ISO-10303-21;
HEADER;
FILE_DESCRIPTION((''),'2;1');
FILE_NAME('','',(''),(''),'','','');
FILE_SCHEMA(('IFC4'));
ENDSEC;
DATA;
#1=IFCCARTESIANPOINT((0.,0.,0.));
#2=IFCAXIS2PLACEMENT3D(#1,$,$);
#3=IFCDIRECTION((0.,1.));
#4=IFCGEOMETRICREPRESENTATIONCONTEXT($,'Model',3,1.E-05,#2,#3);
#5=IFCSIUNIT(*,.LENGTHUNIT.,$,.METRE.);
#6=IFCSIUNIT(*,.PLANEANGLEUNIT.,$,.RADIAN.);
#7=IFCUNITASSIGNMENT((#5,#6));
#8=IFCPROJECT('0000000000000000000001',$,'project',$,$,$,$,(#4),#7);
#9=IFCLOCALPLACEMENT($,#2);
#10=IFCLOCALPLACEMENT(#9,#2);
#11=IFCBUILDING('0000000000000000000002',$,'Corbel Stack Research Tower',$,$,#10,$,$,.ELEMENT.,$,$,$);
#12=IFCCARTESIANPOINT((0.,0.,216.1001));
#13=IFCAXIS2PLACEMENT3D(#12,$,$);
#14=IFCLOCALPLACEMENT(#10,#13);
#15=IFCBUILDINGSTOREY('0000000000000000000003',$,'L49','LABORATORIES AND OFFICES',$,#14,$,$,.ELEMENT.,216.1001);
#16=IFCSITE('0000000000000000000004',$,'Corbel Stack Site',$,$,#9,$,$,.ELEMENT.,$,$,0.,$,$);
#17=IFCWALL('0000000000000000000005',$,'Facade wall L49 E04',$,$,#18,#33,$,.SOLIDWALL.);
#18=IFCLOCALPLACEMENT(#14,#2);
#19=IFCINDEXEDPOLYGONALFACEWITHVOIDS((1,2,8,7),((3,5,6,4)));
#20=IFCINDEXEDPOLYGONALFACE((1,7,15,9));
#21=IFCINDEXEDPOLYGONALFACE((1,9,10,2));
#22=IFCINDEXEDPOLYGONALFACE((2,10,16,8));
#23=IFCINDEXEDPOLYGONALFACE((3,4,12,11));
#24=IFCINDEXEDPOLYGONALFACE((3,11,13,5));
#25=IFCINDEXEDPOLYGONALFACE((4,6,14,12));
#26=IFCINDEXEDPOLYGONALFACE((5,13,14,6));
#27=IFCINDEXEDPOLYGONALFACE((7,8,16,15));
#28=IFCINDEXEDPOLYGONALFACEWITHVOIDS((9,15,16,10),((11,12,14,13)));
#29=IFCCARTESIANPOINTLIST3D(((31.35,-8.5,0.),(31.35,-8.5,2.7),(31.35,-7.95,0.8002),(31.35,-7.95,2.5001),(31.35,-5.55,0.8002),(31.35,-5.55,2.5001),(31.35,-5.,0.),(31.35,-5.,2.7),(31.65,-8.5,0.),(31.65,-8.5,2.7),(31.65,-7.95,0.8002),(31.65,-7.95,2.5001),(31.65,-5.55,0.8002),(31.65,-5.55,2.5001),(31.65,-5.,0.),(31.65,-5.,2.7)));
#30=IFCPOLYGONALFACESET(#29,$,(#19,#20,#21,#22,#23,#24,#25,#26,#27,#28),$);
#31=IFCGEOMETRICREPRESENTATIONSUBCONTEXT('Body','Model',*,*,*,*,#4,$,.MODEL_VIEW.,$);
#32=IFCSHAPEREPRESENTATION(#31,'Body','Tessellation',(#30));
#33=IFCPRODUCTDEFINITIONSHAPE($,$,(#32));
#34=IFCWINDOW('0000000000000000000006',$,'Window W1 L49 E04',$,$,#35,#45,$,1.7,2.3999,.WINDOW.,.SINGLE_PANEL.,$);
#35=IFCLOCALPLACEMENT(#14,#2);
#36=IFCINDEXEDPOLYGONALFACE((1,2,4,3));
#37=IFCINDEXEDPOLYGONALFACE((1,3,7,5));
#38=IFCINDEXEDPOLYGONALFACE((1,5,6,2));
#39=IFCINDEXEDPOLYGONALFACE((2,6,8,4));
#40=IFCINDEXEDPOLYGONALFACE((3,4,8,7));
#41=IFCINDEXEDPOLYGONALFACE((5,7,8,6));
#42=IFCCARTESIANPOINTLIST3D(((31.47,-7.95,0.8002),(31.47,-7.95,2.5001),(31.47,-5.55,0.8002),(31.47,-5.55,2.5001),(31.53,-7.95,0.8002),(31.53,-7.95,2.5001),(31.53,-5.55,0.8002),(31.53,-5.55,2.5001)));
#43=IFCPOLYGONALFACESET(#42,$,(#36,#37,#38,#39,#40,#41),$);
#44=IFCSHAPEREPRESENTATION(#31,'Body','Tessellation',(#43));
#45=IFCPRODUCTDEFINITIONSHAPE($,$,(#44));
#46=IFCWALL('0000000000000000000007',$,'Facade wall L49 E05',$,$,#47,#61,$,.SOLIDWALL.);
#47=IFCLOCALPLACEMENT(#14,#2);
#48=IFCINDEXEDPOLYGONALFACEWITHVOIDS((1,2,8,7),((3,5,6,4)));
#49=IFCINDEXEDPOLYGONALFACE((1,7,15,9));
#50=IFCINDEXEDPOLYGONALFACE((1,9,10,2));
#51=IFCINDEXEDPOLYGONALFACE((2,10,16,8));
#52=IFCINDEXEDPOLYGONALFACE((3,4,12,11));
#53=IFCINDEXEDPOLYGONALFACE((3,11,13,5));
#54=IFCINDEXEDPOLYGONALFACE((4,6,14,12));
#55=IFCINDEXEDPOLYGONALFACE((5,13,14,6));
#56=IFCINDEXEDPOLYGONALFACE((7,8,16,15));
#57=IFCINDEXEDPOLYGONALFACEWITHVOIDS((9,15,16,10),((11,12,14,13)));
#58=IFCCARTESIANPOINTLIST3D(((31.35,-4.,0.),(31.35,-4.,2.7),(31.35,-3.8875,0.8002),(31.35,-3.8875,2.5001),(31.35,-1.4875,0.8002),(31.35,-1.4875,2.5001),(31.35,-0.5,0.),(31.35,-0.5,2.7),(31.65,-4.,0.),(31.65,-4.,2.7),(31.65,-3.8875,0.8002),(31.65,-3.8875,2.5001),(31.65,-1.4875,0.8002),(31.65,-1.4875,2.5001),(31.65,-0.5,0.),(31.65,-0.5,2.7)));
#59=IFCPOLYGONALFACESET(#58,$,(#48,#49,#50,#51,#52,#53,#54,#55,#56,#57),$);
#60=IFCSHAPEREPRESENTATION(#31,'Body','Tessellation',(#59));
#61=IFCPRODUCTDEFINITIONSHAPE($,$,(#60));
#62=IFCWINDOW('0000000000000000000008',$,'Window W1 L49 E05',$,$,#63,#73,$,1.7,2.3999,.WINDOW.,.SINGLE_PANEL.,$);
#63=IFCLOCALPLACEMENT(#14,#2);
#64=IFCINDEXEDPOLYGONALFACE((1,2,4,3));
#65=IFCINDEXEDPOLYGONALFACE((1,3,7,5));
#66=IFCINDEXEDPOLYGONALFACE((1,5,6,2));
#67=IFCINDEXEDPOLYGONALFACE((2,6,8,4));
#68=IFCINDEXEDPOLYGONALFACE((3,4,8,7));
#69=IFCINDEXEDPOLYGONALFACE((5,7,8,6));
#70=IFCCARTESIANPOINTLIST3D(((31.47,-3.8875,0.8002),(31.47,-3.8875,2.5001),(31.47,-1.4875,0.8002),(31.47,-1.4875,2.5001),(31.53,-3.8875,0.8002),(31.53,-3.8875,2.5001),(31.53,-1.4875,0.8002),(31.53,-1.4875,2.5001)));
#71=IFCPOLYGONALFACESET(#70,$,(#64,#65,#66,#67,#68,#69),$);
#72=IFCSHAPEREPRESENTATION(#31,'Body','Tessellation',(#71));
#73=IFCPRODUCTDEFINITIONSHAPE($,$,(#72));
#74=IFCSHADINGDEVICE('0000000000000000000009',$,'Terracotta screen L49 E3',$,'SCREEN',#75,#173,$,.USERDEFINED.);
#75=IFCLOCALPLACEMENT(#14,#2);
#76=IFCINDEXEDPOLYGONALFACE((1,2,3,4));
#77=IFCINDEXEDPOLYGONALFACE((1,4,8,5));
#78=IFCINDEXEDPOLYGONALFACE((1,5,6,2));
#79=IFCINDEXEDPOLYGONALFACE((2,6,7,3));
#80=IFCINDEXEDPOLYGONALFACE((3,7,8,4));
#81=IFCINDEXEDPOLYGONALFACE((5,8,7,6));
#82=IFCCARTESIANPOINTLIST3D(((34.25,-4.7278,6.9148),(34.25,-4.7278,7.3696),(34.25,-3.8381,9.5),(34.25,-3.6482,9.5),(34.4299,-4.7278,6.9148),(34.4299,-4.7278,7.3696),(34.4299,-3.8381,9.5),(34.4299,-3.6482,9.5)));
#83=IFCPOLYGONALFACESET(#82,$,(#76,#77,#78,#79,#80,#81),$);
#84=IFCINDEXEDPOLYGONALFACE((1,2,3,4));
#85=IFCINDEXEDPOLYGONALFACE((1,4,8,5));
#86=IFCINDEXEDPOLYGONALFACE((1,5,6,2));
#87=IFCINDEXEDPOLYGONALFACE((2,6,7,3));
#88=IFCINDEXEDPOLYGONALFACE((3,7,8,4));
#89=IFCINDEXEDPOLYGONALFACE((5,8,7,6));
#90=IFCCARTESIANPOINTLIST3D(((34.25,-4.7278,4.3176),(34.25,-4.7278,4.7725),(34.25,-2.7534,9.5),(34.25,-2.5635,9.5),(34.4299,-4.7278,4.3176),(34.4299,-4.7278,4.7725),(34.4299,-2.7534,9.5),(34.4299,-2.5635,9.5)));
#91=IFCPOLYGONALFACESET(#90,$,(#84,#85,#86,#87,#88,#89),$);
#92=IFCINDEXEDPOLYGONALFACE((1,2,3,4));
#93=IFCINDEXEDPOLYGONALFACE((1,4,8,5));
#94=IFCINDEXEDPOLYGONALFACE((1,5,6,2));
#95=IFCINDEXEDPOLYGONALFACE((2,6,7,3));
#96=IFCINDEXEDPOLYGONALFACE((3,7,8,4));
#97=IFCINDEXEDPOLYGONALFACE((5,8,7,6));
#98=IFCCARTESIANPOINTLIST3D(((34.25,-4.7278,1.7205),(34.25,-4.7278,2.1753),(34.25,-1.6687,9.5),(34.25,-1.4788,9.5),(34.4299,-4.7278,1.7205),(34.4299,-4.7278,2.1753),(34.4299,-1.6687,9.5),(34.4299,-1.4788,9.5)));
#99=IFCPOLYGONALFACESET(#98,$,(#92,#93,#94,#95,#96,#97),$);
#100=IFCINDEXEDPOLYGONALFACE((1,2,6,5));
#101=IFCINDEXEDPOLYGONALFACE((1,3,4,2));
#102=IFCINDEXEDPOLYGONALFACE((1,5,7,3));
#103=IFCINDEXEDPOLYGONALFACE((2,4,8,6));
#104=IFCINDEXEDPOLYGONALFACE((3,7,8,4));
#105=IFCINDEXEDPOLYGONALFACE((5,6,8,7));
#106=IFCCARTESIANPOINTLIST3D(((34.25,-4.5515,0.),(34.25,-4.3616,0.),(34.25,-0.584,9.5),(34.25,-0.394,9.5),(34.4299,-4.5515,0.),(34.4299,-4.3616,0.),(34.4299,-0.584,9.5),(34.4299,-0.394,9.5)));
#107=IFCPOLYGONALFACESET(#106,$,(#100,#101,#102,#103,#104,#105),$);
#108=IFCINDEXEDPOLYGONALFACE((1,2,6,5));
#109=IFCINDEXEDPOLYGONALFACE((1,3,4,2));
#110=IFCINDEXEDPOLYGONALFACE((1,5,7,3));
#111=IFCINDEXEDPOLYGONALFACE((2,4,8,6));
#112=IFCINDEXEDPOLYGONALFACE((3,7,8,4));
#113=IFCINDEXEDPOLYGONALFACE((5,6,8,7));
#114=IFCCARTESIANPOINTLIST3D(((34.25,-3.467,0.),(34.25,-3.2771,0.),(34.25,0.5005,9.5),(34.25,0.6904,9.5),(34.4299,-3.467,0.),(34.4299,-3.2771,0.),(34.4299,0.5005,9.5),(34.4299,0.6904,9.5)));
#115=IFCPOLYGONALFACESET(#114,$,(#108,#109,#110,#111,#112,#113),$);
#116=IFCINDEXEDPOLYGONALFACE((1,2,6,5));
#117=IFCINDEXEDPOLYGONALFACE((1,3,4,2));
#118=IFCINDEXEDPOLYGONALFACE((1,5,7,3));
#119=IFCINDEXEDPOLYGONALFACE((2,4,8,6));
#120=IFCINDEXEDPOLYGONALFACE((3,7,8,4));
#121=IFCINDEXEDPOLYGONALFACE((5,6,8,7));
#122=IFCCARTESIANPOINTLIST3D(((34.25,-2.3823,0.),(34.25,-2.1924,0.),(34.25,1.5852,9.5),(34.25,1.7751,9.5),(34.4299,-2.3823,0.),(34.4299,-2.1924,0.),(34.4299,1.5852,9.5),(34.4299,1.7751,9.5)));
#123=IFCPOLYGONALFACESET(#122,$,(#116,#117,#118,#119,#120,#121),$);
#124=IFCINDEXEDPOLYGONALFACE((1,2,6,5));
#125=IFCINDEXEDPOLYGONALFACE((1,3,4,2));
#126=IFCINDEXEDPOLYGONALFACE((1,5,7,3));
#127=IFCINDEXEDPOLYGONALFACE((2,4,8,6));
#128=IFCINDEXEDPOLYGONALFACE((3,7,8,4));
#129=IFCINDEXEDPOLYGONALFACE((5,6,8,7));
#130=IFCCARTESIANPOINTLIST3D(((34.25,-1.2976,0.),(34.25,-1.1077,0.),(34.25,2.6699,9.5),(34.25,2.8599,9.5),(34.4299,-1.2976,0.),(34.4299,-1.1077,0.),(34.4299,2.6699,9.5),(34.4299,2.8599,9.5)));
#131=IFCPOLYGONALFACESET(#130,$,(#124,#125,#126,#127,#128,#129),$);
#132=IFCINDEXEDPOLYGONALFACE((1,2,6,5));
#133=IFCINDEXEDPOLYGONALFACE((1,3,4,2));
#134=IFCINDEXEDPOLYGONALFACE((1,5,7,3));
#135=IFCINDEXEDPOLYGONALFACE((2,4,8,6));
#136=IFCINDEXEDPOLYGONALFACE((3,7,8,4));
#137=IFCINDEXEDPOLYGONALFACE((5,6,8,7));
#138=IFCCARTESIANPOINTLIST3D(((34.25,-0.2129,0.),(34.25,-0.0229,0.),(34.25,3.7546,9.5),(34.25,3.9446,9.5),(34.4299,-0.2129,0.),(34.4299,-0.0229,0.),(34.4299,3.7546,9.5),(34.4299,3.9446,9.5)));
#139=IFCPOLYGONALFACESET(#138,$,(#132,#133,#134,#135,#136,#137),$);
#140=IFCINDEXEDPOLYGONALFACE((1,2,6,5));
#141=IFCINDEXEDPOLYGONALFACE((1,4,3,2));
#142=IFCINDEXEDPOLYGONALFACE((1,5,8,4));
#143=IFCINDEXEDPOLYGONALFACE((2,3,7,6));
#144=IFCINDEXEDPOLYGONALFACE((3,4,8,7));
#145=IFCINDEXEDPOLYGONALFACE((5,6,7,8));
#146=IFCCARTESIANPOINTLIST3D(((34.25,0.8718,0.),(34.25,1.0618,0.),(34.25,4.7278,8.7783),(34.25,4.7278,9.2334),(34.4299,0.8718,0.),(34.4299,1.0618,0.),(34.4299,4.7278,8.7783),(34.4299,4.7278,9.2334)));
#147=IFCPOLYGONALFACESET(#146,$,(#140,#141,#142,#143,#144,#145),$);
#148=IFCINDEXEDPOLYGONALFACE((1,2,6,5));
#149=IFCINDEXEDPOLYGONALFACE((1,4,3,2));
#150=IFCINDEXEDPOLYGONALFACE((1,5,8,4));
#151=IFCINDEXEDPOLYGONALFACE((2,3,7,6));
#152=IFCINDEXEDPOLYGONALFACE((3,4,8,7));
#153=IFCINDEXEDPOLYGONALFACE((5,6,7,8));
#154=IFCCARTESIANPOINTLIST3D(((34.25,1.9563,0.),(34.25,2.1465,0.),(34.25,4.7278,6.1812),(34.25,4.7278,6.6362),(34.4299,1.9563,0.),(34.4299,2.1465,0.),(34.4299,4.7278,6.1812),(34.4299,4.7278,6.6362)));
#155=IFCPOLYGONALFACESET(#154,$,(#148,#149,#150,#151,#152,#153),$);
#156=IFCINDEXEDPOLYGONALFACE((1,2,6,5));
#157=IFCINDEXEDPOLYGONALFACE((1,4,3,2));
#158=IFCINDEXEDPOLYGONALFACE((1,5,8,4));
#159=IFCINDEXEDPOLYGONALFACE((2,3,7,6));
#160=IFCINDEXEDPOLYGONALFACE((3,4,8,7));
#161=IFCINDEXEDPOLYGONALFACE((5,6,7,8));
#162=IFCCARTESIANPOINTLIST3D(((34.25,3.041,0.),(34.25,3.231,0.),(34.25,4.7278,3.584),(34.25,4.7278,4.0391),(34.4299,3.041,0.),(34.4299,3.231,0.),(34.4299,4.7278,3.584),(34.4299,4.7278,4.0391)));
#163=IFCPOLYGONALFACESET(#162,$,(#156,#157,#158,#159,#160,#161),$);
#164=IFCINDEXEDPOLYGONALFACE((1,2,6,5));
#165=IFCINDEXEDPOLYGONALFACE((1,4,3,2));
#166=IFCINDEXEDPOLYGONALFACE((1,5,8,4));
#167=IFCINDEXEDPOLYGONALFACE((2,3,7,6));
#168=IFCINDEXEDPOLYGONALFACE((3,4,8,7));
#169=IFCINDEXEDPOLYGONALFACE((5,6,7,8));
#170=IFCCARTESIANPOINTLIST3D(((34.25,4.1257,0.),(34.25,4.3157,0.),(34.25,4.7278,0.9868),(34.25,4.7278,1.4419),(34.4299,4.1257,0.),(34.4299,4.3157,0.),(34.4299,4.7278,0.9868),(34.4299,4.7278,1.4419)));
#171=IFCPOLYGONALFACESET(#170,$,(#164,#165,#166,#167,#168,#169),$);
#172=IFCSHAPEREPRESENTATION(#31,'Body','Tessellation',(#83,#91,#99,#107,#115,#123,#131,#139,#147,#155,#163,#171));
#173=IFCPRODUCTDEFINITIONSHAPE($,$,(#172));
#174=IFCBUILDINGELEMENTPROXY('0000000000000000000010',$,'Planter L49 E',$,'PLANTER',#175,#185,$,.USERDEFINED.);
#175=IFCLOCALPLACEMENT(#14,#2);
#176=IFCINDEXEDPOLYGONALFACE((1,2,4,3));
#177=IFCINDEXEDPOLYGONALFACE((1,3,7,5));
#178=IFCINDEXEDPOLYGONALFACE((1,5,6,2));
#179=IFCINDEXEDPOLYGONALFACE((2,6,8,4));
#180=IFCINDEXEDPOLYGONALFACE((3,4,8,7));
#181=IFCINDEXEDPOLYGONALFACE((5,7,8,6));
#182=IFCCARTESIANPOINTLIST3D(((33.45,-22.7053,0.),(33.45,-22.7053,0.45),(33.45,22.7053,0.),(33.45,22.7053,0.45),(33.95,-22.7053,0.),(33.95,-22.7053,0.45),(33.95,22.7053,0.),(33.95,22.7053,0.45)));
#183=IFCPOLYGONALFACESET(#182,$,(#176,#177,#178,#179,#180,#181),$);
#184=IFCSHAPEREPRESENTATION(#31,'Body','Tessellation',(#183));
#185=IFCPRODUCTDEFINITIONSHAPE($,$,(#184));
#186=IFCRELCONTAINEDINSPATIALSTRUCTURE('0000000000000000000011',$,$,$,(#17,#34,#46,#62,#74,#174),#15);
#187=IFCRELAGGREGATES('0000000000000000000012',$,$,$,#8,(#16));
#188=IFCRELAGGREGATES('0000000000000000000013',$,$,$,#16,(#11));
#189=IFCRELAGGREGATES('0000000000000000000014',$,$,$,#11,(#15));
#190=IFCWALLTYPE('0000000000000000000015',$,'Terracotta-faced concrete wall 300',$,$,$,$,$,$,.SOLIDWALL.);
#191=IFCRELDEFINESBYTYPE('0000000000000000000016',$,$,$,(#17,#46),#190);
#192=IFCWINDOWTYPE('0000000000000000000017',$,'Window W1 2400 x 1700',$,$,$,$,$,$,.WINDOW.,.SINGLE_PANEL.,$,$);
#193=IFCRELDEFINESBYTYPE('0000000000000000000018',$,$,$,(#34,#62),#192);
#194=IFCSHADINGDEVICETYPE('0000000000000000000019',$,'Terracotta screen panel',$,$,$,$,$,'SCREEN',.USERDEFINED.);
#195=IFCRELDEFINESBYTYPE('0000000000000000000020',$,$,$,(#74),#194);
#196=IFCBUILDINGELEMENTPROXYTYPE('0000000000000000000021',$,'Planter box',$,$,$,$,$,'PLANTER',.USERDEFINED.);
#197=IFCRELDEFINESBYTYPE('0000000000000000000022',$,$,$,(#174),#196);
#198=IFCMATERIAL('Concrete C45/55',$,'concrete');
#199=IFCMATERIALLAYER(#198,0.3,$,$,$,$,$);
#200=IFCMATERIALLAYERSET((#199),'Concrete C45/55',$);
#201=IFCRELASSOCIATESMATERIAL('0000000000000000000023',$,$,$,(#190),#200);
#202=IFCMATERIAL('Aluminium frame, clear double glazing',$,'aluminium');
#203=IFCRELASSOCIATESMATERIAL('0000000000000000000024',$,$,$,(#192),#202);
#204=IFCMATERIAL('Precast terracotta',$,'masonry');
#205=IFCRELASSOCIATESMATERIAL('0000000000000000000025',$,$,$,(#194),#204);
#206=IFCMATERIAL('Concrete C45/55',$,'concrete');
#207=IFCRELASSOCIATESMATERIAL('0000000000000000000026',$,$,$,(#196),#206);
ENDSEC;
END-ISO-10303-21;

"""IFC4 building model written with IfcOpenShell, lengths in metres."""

from ifc_helpers import new_model, si_unit, direction, frame, frame_2d, origin, origin_2d, place, context, subcontext, project, spatial, polyline, rectangle, outline, extrude, source, transform, mapped, material, layer, layer_set, type_object, element, fill, save


model = new_model("IFC4")

# Units and contexts
model_context = context("Model", 3, precision=1e-05, world=origin(), true_north=direction((0.0, 1.0)))
body_context = subcontext(model_context, "Body", "Model", "MODEL_VIEW")
ifc_project = project(units=[si_unit("LENGTHUNIT", "METRE"), si_unit("PLANEANGLEUNIT", "RADIAN")], contexts=[model_context])

# Site, building, storey
site_placement = place(None, origin())
site = spatial("IfcSite", under=ifc_project, at=site_placement, Name="Corbel Stack Site", CompositionType="ELEMENT", RefElevation=0.0)
building_placement = place(site_placement, origin())
building = spatial("IfcBuilding", under=site, at=building_placement, Name="Corbel Stack Research Tower", CompositionType="ELEMENT")
storey_placement = place(building_placement, frame((0.0, 0.0, 216.1001)))
storey = spatial("IfcBuildingStorey", under=building, at=storey_placement, Name="L49", Description="LABORATORIES AND OFFICES", CompositionType="ELEMENT", Elevation=216.1001)

# Walls, openings, windows
ifc_material_1 = material(Name="Concrete C45/55", Category="concrete")
ifc_layer_1 = layer(ifc_material_1, 0.3)
ifc_layer_set_1 = layer_set([ifc_layer_1], Name="Concrete C45/55")
wall_type_1 = type_object("IfcWallType", Name="Terracotta-faced concrete wall 300", PredefinedType="SOLIDWALL", material=ifc_layer_set_1)
wall_1_placement = place(storey_placement, frame((31.5, -5.0, 0.0), z_axis=(0.0, 0.0, 1.0), x_axis=(0.0, -1.0, 0.0)))
wall_1 = element("IfcWall", 1, at=wall_1_placement, inside=storey, type_object=wall_type_1, Name="Facade wall L49 E04", PredefinedType="SOLIDWALL", context=body_context, shape_type="SweptSolid", body=[
    extrude(rectangle(XDim=3.5, YDim=0.3, at=frame_2d((1.75, 0.0))), origin(), (0.0, 0.0, 1.0), 2.7),
])
opening_1_placement = place(wall_1_placement, frame((0.55, 0.0, 0.8)))
opening_1 = element("IfcOpeningElement", 2, at=opening_1_placement, cuts=wall_1, PredefinedType="OPENING", context=body_context, shape_type="SweptSolid", body=[
    extrude(rectangle(XDim=2.3999, YDim=1.7, at=frame_2d((1.2, 0.8501))), frame((0.0, 0.1599, 0.0), z_axis=(0.0, -1.0, 0.0), x_axis=(1.0, 0.0, 0.0)), (0.0, 0.0, 1.0), 0.3201),
])
ifc_material_2 = material(Name="Aluminium frame, clear double glazing", Category="aluminium")
window_type = type_object("IfcWindowType", Name="Window W1 2400 x 1700", PartitioningType="SINGLE_PANEL", PredefinedType="WINDOW", material=ifc_material_2)
window_1_placement = place(opening_1_placement, origin())
window_1 = element("IfcWindow", 3, at=window_1_placement, inside=storey, type_object=window_type, Name="Window W1 L49 E04", OverallHeight=1.7, OverallWidth=2.3999, PartitioningType="SINGLE_PANEL", PredefinedType="WINDOW", context=body_context, shape_type="SweptSolid", body=[
    extrude(rectangle(XDim=2.3999, YDim=1.7, at=frame_2d((1.2, 0.8501))), frame((0.0, 0.03, 0.0), z_axis=(0.0, -1.0, 0.0), x_axis=(1.0, 0.0, 0.0)), (0.0, 0.0, 1.0), 0.0601),
])
fill(opening_1, window_1)
wall_2_placement = place(storey_placement, frame((31.5, -0.5, 0.0), z_axis=(0.0, 0.0, 1.0), x_axis=(0.0, -1.0, 0.0)))
wall_2 = element("IfcWall", 4, at=wall_2_placement, inside=storey, type_object=wall_type_1, Name="Facade wall L49 E05", PredefinedType="SOLIDWALL", context=body_context, shape_type="SweptSolid", body=[
    extrude(rectangle(XDim=3.5, YDim=0.3, at=frame_2d((1.75, 0.0))), origin(), (0.0, 0.0, 1.0), 2.7),
])
opening_2_placement = place(wall_2_placement, frame((0.9875, 0.0, 0.8)))
opening_2 = element("IfcOpeningElement", 5, at=opening_2_placement, cuts=wall_2, PredefinedType="OPENING", context=body_context, shape_type="SweptSolid", body=[
    extrude(rectangle(XDim=2.3999, YDim=1.7, at=frame_2d((1.2, 0.8501))), frame((0.0, 0.1599, 0.0), z_axis=(0.0, -1.0, 0.0), x_axis=(1.0, 0.0, 0.0)), (0.0, 0.0, 1.0), 0.3201),
])
window_2_placement = place(opening_2_placement, origin())
window_2 = element("IfcWindow", 6, at=window_2_placement, inside=storey, type_object=window_type, Name="Window W1 L49 E05", OverallHeight=1.7, OverallWidth=2.3999, PartitioningType="SINGLE_PANEL", PredefinedType="WINDOW", context=body_context, shape_type="SweptSolid", body=[
    extrude(rectangle(XDim=2.3999, YDim=1.7, at=frame_2d((1.2, 0.8501))), frame((0.0, 0.03, 0.0), z_axis=(0.0, -1.0, 0.0), x_axis=(1.0, 0.0, 0.0)), (0.0, 0.0, 1.0), 0.0601),
])
fill(opening_2, window_2)

# Shading device
ifc_material_3 = material(Name="Precast terracotta", Category="masonry")
shading_device_type = type_object("IfcShadingDeviceType", Name="Terracotta screen panel", ElementType="SCREEN", PredefinedType="USERDEFINED", material=ifc_material_3)
shared_shape = source(origin(), body_context, "Body", "SweptSolid", [
    extrude(outline(polyline([(1.0796, 9.5), (0.8896, 9.5), (0.0, 7.3696), (0.0, 6.9148), (1.0796, 9.5)])), frame((0.0, 0.0, 0.0), z_axis=(0.0, -1.0, 0.0), x_axis=(1.0, 0.0, 0.0)), (0.0, 0.0, 1.0), 0.1799),
    extrude(outline(polyline([(2.1643, 9.5), (1.9744, 9.5), (0.0, 4.7725), (0.0, 4.3176), (2.1643, 9.5)])), frame((0.0, 0.0, 0.0), z_axis=(0.0, -1.0, 0.0), x_axis=(1.0, 0.0, 0.0)), (0.0, 0.0, 1.0), 0.1799),
    extrude(outline(polyline([(3.249, 9.5), (3.0591, 9.5), (0.0, 2.1753), (0.0, 1.7205), (3.249, 9.5)])), frame((0.0, 0.0, 0.0), z_axis=(0.0, -1.0, 0.0), x_axis=(1.0, 0.0, 0.0)), (0.0, 0.0, 1.0), 0.1799),
    extrude(outline(polyline([(0.3662, 0.0), (4.3337, 9.5), (4.1438, 9.5), (0.1763, 0.0), (0.3662, 0.0)])), frame((0.0, 0.0, 0.0), z_axis=(0.0, -1.0, 0.0), x_axis=(1.0, 0.0, 0.0)), (0.0, 0.0, 1.0), 0.1799),
    extrude(outline(polyline([(1.4507, 0.0), (5.4182, 9.5), (5.2283, 9.5), (1.2607, 0.0), (1.4507, 0.0)])), frame((0.0, 0.0, 0.0), z_axis=(0.0, -1.0, 0.0), x_axis=(1.0, 0.0, 0.0)), (0.0, 0.0, 1.0), 0.1799),
    extrude(outline(polyline([(2.5354, 0.0), (6.5029, 9.5), (6.313, 9.5), (2.3455, 0.0), (2.5354, 0.0)])), frame((0.0, 0.0, 0.0), z_axis=(0.0, -1.0, 0.0), x_axis=(1.0, 0.0, 0.0)), (0.0, 0.0, 1.0), 0.1799),
    extrude(outline(polyline([(3.6201, 0.0), (7.5876, 9.5), (7.3977, 9.5), (3.4302, 0.0), (3.6201, 0.0)])), frame((0.0, 0.0, 0.0), z_axis=(0.0, -1.0, 0.0), x_axis=(1.0, 0.0, 0.0)), (0.0, 0.0, 1.0), 0.1799),
    extrude(outline(polyline([(4.7048, 0.0), (8.6724, 9.5), (8.4824, 9.5), (4.5149, 0.0), (4.7048, 0.0)])), frame((0.0, 0.0, 0.0), z_axis=(0.0, -1.0, 0.0), x_axis=(1.0, 0.0, 0.0)), (0.0, 0.0, 1.0), 0.1799),
    extrude(outline(polyline([(5.7896, 0.0), (9.4556, 8.7783), (9.4556, 9.2334), (5.5996, 0.0), (5.7896, 0.0)])), frame((0.0, 0.0, 0.0), z_axis=(0.0, -1.0, 0.0), x_axis=(1.0, 0.0, 0.0)), (0.0, 0.0, 1.0), 0.1799),
    extrude(outline(polyline([(6.8743, 0.0), (9.4556, 6.1812), (9.4556, 6.6362), (6.6841, 0.0), (6.8743, 0.0)])), frame((0.0, 0.0, 0.0), z_axis=(0.0, -1.0, 0.0), x_axis=(1.0, 0.0, 0.0)), (0.0, 0.0, 1.0), 0.1799),
    extrude(outline(polyline([(7.9587, 0.0), (9.4556, 3.584), (9.4556, 4.0391), (7.7688, 0.0), (7.9587, 0.0)])), frame((0.0, 0.0, 0.0), z_axis=(0.0, -1.0, 0.0), x_axis=(1.0, 0.0, 0.0)), (0.0, 0.0, 1.0), 0.1799),
    extrude(outline(polyline([(9.0435, 0.0), (9.4556, 0.9868), (9.4556, 1.4419), (8.8535, 0.0), (9.0435, 0.0)])), frame((0.0, 0.0, 0.0), z_axis=(0.0, -1.0, 0.0), x_axis=(1.0, 0.0, 0.0)), (0.0, 0.0, 1.0), 0.1799),
])
shading_device_placement = place(storey_placement, frame((34.25, -4.7278, 0.0), z_axis=(0.0, 0.0, 1.0), x_axis=(0.0, 1.0, 0.0)))
element("IfcShadingDevice", 7, at=shading_device_placement, inside=storey, type_object=shading_device_type, Name="Terracotta screen L49 E3", ObjectType="SCREEN", PredefinedType="USERDEFINED", context=body_context, shape_type="MappedRepresentation", body=[
    mapped(shared_shape, transform((0.0, 0.0, 0.0))),
])

# Building element proxy
ifc_material_4 = material(Name="Concrete C45/55", Category="concrete")
building_element_proxy_type = type_object("IfcBuildingElementProxyType", Name="Planter box", ElementType="PLANTER", PredefinedType="USERDEFINED", material=ifc_material_4)
proxy_placement = place(storey_placement, frame((33.7, 0.0, 0.0), z_axis=(0.0, 0.0, 1.0), x_axis=(0.0, 1.0, 0.0)))
element("IfcBuildingElementProxy", 8, at=proxy_placement, inside=storey, type_object=building_element_proxy_type, Name="Planter L49 E", ObjectType="PLANTER", PredefinedType="USERDEFINED", context=body_context, shape_type="SweptSolid", body=[
    extrude(rectangle(XDim=45.4106, YDim=0.5, at=origin_2d()), origin(), (0.0, 0.0, 1.0), 0.45),
])

save(model, "model.ifc")
